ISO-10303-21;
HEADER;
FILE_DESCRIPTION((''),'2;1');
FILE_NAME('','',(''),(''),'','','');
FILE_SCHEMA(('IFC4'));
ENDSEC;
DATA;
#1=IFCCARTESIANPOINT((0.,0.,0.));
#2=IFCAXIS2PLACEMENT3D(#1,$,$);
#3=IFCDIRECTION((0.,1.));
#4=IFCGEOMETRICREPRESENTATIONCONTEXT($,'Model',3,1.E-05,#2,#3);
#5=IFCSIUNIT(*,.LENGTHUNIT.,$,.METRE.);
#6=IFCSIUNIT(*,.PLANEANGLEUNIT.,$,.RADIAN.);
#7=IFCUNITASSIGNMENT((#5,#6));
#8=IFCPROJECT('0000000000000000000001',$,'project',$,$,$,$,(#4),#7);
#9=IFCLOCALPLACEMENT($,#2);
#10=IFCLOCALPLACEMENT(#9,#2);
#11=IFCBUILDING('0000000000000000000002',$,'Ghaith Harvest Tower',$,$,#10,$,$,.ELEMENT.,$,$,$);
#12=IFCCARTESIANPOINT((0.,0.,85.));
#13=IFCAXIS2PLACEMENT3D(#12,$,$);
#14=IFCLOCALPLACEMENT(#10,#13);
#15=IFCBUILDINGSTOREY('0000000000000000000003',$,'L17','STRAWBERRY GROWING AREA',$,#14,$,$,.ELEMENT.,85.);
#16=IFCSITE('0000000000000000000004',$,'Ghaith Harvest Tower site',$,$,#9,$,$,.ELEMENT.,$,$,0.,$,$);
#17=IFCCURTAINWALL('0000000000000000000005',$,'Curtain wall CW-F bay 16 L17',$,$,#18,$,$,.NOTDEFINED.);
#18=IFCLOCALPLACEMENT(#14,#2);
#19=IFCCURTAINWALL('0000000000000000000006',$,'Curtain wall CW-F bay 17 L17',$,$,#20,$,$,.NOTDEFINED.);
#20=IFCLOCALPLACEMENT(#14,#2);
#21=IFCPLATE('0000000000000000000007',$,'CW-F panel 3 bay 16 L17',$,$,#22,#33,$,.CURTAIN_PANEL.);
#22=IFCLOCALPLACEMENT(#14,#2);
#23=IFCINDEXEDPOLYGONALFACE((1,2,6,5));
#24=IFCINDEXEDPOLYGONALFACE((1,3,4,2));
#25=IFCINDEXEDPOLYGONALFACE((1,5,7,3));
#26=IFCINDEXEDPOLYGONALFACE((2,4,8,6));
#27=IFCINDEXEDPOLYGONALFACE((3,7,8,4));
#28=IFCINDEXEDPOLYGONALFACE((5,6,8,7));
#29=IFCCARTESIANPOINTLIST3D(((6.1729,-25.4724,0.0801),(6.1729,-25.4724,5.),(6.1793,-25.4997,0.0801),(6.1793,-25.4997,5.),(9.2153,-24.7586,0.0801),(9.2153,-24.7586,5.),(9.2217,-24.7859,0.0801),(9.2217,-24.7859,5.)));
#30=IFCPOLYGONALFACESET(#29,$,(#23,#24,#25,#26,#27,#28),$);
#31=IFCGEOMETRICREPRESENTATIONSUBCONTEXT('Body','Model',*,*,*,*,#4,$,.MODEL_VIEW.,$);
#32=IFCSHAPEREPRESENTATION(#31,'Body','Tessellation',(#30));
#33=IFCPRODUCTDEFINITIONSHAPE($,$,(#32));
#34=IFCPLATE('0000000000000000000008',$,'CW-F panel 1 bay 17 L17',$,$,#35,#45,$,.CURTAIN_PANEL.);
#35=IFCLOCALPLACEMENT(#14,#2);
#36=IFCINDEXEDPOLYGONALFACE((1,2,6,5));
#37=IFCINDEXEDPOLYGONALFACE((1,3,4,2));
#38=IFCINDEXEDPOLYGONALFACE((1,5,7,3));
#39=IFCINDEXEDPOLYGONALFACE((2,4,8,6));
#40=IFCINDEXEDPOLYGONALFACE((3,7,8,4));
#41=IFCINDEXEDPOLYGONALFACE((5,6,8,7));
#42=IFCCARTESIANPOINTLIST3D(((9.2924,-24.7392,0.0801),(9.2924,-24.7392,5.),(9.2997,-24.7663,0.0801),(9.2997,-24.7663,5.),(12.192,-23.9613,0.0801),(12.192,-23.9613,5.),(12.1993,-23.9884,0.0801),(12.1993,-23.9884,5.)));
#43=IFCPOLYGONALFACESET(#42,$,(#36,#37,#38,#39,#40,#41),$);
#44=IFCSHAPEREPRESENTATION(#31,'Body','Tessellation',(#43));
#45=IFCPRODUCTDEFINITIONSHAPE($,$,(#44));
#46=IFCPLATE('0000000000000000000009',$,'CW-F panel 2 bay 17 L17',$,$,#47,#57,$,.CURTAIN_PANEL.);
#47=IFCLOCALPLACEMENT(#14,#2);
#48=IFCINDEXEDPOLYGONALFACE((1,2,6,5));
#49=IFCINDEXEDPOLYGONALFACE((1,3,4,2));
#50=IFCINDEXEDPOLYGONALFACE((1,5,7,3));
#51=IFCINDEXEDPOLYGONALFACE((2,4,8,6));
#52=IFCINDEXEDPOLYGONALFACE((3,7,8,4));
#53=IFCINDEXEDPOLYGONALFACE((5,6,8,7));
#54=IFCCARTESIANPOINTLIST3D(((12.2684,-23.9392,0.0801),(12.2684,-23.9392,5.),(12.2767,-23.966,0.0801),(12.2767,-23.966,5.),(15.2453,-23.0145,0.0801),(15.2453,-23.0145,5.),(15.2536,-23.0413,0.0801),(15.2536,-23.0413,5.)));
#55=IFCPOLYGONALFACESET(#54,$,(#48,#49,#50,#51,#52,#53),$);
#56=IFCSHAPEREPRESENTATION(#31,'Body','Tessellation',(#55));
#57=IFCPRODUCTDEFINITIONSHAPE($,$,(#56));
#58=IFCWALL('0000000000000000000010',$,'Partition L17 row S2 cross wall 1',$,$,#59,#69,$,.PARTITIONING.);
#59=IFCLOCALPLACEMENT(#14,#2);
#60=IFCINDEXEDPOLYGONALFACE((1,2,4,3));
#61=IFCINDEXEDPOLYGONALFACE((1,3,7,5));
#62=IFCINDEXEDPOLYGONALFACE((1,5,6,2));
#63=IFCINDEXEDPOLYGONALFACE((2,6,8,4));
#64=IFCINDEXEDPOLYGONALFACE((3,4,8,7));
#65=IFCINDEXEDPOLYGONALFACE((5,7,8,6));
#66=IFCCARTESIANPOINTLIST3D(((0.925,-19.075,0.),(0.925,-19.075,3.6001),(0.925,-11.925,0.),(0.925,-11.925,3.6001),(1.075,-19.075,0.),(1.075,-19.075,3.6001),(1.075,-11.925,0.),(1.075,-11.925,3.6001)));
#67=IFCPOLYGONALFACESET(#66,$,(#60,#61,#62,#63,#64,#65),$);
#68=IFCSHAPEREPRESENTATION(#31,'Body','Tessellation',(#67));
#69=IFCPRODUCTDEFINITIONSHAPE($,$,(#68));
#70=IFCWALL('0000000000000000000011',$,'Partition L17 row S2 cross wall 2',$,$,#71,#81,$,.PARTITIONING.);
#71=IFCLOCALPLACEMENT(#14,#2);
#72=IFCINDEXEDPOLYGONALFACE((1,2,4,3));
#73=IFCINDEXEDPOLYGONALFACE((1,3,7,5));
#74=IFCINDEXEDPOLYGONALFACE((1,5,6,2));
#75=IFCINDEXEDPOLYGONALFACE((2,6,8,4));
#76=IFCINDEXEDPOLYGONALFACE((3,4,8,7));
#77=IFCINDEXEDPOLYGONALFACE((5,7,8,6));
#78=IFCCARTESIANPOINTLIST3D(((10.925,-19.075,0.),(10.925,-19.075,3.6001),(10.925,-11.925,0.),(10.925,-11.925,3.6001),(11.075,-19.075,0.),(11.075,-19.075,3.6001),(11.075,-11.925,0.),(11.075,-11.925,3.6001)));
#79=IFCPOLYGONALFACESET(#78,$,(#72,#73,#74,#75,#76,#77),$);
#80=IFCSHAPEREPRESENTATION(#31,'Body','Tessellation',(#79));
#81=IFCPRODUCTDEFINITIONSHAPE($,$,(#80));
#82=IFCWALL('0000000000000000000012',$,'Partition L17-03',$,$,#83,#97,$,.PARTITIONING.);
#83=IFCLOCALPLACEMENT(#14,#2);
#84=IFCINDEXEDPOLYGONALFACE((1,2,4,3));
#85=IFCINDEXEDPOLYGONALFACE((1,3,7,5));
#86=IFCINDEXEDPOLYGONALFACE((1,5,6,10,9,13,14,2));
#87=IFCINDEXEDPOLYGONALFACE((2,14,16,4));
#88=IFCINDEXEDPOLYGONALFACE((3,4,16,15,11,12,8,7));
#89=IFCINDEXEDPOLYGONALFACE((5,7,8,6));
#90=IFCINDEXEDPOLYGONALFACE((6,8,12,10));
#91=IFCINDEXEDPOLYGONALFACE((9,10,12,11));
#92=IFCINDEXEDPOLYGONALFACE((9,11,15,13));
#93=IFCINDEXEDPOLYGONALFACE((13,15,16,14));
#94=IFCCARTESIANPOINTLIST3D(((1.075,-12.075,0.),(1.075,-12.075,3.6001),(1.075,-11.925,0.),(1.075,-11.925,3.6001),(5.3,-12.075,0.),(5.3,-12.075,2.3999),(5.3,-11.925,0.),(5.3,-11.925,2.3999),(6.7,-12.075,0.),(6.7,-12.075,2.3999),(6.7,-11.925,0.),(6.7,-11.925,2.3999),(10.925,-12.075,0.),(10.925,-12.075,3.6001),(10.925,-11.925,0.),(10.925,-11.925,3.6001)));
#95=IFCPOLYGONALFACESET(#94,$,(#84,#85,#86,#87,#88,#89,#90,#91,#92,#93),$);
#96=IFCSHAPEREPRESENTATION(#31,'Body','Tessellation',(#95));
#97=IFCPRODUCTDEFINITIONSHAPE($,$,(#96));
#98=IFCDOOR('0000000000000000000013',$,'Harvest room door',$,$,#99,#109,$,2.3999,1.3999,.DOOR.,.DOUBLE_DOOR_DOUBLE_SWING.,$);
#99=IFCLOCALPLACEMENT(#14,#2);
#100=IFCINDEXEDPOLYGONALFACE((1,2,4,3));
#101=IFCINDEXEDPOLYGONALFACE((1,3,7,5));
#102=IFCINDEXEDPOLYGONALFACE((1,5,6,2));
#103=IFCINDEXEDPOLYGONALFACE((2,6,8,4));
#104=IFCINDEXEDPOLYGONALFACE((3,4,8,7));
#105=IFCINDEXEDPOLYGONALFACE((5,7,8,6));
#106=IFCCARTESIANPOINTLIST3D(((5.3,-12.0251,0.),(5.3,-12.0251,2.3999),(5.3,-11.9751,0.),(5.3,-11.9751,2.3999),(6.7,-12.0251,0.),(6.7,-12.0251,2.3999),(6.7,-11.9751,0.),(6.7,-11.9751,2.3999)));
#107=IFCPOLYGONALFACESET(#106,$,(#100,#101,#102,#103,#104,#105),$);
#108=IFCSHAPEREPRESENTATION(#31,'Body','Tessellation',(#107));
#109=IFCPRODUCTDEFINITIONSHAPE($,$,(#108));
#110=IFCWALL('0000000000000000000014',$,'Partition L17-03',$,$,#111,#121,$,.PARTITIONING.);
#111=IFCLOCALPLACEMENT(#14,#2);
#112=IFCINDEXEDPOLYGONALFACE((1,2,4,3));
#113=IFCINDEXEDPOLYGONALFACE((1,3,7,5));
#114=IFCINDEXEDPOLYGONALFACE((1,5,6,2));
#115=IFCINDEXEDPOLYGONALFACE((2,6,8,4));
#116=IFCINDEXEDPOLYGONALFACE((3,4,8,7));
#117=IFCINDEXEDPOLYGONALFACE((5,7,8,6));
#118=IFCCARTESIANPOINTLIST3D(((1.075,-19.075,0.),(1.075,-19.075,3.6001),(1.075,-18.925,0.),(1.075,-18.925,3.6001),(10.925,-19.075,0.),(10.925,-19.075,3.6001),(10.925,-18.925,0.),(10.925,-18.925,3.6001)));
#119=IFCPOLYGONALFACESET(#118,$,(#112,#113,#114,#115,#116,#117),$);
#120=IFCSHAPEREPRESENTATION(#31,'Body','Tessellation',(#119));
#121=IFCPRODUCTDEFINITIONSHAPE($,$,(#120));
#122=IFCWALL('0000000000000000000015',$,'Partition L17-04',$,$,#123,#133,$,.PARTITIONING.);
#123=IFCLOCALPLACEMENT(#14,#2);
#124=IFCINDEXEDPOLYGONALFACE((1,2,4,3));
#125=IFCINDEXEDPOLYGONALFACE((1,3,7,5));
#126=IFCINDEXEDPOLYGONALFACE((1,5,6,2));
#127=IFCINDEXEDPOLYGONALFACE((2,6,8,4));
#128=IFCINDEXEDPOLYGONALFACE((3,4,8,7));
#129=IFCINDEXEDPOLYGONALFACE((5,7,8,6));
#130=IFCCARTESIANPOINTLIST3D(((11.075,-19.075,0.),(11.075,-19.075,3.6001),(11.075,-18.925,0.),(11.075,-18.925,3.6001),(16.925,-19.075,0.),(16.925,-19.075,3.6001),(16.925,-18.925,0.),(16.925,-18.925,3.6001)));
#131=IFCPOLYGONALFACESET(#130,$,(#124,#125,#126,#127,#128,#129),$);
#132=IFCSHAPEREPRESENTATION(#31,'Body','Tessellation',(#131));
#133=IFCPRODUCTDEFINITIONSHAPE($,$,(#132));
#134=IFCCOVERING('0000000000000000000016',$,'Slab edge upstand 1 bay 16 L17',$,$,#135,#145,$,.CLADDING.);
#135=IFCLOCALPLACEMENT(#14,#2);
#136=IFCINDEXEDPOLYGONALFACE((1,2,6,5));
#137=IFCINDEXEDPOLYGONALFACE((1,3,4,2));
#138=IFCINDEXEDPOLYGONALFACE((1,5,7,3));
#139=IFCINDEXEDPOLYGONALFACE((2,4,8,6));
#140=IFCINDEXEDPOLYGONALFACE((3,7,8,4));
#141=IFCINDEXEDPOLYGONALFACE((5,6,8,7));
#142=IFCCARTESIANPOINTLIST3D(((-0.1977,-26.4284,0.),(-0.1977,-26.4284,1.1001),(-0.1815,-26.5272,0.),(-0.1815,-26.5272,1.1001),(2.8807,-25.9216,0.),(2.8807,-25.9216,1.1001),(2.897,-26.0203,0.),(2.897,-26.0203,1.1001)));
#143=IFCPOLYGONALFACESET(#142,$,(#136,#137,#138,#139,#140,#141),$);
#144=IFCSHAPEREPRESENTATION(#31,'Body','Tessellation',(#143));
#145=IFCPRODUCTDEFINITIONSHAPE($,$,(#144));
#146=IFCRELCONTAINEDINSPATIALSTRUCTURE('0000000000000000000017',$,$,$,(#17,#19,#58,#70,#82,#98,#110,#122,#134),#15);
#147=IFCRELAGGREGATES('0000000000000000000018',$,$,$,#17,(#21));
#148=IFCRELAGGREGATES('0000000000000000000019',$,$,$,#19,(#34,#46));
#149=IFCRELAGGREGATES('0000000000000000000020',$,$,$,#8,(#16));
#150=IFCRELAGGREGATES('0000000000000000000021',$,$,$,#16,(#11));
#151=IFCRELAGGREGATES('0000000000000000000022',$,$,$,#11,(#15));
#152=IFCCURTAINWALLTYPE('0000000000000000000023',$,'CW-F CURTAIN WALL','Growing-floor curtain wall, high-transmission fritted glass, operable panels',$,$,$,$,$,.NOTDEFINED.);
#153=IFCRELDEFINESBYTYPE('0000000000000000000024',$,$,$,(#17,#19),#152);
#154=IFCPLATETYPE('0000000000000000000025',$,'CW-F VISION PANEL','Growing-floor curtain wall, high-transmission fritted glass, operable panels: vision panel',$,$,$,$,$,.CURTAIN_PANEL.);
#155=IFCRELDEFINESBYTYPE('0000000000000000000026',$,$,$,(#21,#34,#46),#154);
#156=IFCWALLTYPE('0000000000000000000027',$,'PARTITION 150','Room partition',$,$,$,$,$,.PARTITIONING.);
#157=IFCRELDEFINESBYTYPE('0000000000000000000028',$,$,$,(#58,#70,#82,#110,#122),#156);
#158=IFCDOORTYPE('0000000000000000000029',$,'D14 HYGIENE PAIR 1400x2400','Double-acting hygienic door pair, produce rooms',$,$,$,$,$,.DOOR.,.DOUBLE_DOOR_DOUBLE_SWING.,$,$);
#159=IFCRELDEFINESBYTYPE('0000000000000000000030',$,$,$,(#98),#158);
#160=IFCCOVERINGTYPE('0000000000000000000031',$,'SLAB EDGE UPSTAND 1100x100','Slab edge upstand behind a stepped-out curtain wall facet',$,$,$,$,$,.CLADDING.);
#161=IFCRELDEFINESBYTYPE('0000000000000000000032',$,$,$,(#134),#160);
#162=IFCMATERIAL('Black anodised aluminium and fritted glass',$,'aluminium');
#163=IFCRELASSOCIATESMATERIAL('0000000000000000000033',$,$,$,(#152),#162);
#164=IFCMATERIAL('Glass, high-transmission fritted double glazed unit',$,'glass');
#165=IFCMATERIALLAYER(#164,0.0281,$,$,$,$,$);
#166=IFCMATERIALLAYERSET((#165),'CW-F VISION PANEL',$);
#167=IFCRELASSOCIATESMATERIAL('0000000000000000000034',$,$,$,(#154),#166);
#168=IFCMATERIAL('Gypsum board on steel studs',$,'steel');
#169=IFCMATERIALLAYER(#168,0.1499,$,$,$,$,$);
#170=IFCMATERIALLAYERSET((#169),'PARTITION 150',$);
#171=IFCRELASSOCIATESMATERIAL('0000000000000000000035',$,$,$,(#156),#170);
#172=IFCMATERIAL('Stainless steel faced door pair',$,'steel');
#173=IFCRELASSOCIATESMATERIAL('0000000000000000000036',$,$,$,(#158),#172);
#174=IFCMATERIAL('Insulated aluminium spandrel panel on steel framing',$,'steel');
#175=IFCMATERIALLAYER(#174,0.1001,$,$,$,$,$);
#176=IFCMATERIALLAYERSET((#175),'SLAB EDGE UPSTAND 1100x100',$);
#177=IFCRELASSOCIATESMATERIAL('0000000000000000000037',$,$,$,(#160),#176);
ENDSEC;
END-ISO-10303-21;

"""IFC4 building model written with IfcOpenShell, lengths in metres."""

from ifc_helpers import new_model, si_unit, direction, frame, frame_2d, origin, origin_2d, place, context, subcontext, project, spatial, rectangle, extrude, material, layer, layer_set, type_object, element, fill, aggregate, save


model = new_model("IFC4")

# Units and contexts
model_context = context("Model", 3, precision=1e-05, world=origin(), true_north=direction((0.0, 1.0)))
body_context = subcontext(model_context, "Body", "Model", "MODEL_VIEW")
ifc_project = project(units=[si_unit("LENGTHUNIT", "METRE"), si_unit("PLANEANGLEUNIT", "RADIAN")], contexts=[model_context])

# Site, building, storey
site_placement = place(None, origin())
site = spatial("IfcSite", under=ifc_project, at=site_placement, Name="Ghaith Harvest Tower site", CompositionType="ELEMENT", RefElevation=0.0)
building_placement = place(site_placement, origin())
building = spatial("IfcBuilding", under=site, at=building_placement, Name="Ghaith Harvest Tower", CompositionType="ELEMENT")
storey_placement = place(building_placement, frame((0.0, 0.0, 85.0)))
storey = spatial("IfcBuildingStorey", under=building, at=storey_placement, Name="L17", Description="STRAWBERRY GROWING AREA", CompositionType="ELEMENT", Elevation=85.0)

# Curtain walls
ifc_material_1 = material(Name="Black anodised aluminium and fritted glass", Category="aluminium")
curtain_wall_type = type_object("IfcCurtainWallType", Name="CW-F CURTAIN WALL", Description="Growing-floor curtain wall, high-transmission fritted glass, operable panels", PredefinedType="NOTDEFINED", material=ifc_material_1)
curtain_wall_1_placement = place(storey_placement, origin())
curtain_wall_1 = element("IfcCurtainWall", 1, at=curtain_wall_1_placement, inside=storey, type_object=curtain_wall_type, Name="Curtain wall CW-F bay 16 L17", PredefinedType="NOTDEFINED")
curtain_wall_2_placement = place(storey_placement, origin())
curtain_wall_2 = element("IfcCurtainWall", 2, at=curtain_wall_2_placement, inside=storey, type_object=curtain_wall_type, Name="Curtain wall CW-F bay 17 L17", PredefinedType="NOTDEFINED")

# Plates
ifc_material_2 = material(Name="Glass, high-transmission fritted double glazed unit", Category="glass")
ifc_layer_1 = layer(ifc_material_2, 0.0281)
ifc_layer_set_1 = layer_set([ifc_layer_1], Name="CW-F VISION PANEL")
plate_type = type_object("IfcPlateType", Name="CW-F VISION PANEL", Description="Growing-floor curtain wall, high-transmission fritted glass, operable panels: vision panel", PredefinedType="CURTAIN_PANEL", material=ifc_layer_set_1)
plate_1_placement = place(storey_placement, frame((7.6973, -25.1292, 0.0801), z_axis=(0.0, 0.0, 1.0), x_axis=(0.973565, 0.228411, 0.0)))
plate_1 = element("IfcPlate", 3, at=plate_1_placement, type_object=plate_type, Name="CW-F panel 3 bay 16 L17", PredefinedType="CURTAIN_PANEL", context=body_context, shape_type="SweptSolid", body=[
    extrude(rectangle(XDim=3.125, YDim=0.0281, at=origin_2d()), origin(), (0.0, 0.0, 1.0), 4.9199),
])
aggregate(curtain_wall_1, [plate_1])
plate_2_placement = place(storey_placement, frame((10.7458, -24.3638, 0.0801), z_axis=(0.0, 0.0, 1.0), x_axis=(0.965848, 0.259108, 0.0)))
plate_2 = element("IfcPlate", 4, at=plate_2_placement, type_object=plate_type, Name="CW-F panel 1 bay 17 L17", PredefinedType="CURTAIN_PANEL", context=body_context, shape_type="SweptSolid", body=[
    extrude(rectangle(XDim=3.0022, YDim=0.0281, at=origin_2d()), origin(), (0.0, 0.0, 1.0), 4.9199),
])
plate_3_placement = place(storey_placement, frame((13.761, -23.4902, 0.0801), z_axis=(0.0, 0.0, 1.0), x_axis=(0.954988, 0.296644, 0.0)))
plate_3 = element("IfcPlate", 5, at=plate_3_placement, type_object=plate_type, Name="CW-F panel 2 bay 17 L17", PredefinedType="CURTAIN_PANEL", context=body_context, shape_type="SweptSolid", body=[
    extrude(rectangle(XDim=3.1172, YDim=0.0281, at=origin_2d()), origin(), (0.0, 0.0, 1.0), 4.9199),
])
aggregate(curtain_wall_2, [plate_2, plate_3])

# Walls
ifc_material_3 = material(Name="Gypsum board on steel studs", Category="steel")
ifc_layer_2 = layer(ifc_material_3, 0.1499)
ifc_layer_set_2 = layer_set([ifc_layer_2], Name="PARTITION 150")
wall_type = type_object("IfcWallType", Name="PARTITION 150", Description="Room partition", PredefinedType="PARTITIONING", material=ifc_layer_set_2)
for number, where, z_axis, x_axis, name in (
    (6, (1.0, -11.925, 0.0), (0.0, 0.0, 1.0), (0.0, -1.0, 0.0), "Partition L17 row S2 cross wall 1"),
    (7, (11.0, -11.925, 0.0), (0.0, 0.0, 1.0), (0.0, -1.0, 0.0), "Partition L17 row S2 cross wall 2"),
):
    element("IfcWall", number, at=place(storey_placement, frame(where, z_axis=z_axis, x_axis=x_axis)), inside=storey, type_object=wall_type, Name=name, PredefinedType="PARTITIONING", context=body_context, shape_type="SweptSolid", body=[
        extrude(rectangle(XDim=7.1499, YDim=0.1499, at=frame_2d((3.575, 0.0))), origin(), (0.0, 0.0, 1.0), 3.6001),
    ])

# Wall, opening, door
wall_1_placement = place(storey_placement, frame((1.075, -12.0, 0.0), z_axis=(0.0, 0.0, 1.0), x_axis=(1.0, 0.0, 0.0)))
wall_1 = element("IfcWall", 8, at=wall_1_placement, inside=storey, type_object=wall_type, Name="Partition L17-03", PredefinedType="PARTITIONING", context=body_context, shape_type="SweptSolid", body=[
    extrude(rectangle(XDim=9.8501, YDim=0.1499, at=frame_2d((4.925, 0.0))), origin(), (0.0, 0.0, 1.0), 3.6001),
])
opening_1_placement = place(wall_1_placement, frame((4.2251, 0.0, 0.0)))
opening_1 = element("IfcOpeningElement", 9, at=opening_1_placement, cuts=wall_1, PredefinedType="OPENING", context=body_context, shape_type="SweptSolid", body=[
    extrude(rectangle(XDim=1.3999, YDim=2.3999, at=frame_2d((0.7, 1.2))), frame((0.0, 0.085, 0.0), z_axis=(0.0, -1.0, 0.0), x_axis=(1.0, 0.0, 0.0)), (0.0, 0.0, 1.0), 0.1699),
])
ifc_material_4 = material(Name="Stainless steel faced door pair", Category="steel")
door_type = type_object("IfcDoorType", Name="D14 HYGIENE PAIR 1400x2400", Description="Double-acting hygienic door pair, produce rooms", OperationType="DOUBLE_DOOR_DOUBLE_SWING", PredefinedType="DOOR", material=ifc_material_4)
door_1_placement = place(opening_1_placement, origin())
door_1 = element("IfcDoor", 10, at=door_1_placement, inside=storey, type_object=door_type, Name="Harvest room door", OperationType="DOUBLE_DOOR_DOUBLE_SWING", OverallHeight=2.3999, OverallWidth=1.3999, PredefinedType="DOOR", context=body_context, shape_type="SweptSolid", body=[
    extrude(rectangle(XDim=1.3999, YDim=2.3999, at=frame_2d((0.7, 1.2))), frame((0.0, 0.0249, 0.0), z_axis=(0.0, -1.0, 0.0), x_axis=(1.0, 0.0, 0.0)), (0.0, 0.0, 1.0), 0.05),
])
fill(opening_1, door_1)

# Wall
wall_2_placement = place(storey_placement, frame((1.075, -19.0, 0.0), z_axis=(0.0, 0.0, 1.0), x_axis=(1.0, 0.0, 0.0)))
element("IfcWall", 11, at=wall_2_placement, inside=storey, type_object=wall_type, Name="Partition L17-03", PredefinedType="PARTITIONING", context=body_context, shape_type="SweptSolid", body=[
    extrude(rectangle(XDim=9.8501, YDim=0.1499, at=frame_2d((4.925, 0.0))), origin(), (0.0, 0.0, 1.0), 3.6001),
])

# Wall
wall_3_placement = place(storey_placement, frame((11.075, -19.0, 0.0), z_axis=(0.0, 0.0, 1.0), x_axis=(1.0, 0.0, 0.0)))
element("IfcWall", 12, at=wall_3_placement, inside=storey, type_object=wall_type, Name="Partition L17-04", PredefinedType="PARTITIONING", context=body_context, shape_type="SweptSolid", body=[
    extrude(rectangle(XDim=5.8501, YDim=0.1499, at=frame_2d((2.925, 0.0))), origin(), (0.0, 0.0, 1.0), 3.6001),
])

# Covering
ifc_material_5 = material(Name="Insulated aluminium spandrel panel on steel framing", Category="steel")
ifc_layer_3 = layer(ifc_material_5, 0.1001)
ifc_layer_set_3 = layer_set([ifc_layer_3], Name="SLAB EDGE UPSTAND 1100x100")
covering_type = type_object("IfcCoveringType", Name="SLAB EDGE UPSTAND 1100x100", Description="Slab edge upstand behind a stepped-out curtain wall facet", PredefinedType="CLADDING", material=ifc_layer_set_3)
covering_placement = place(storey_placement, frame((1.3496, -26.2244, 0.0), z_axis=(0.0, 0.0, 1.0), x_axis=(0.986716, 0.162453, 0.0)))
element("IfcCovering", 13, at=covering_placement, inside=storey, type_object=covering_type, Name="Slab edge upstand 1 bay 16 L17", PredefinedType="CLADDING", context=body_context, shape_type="SweptSolid", body=[
    extrude(rectangle(XDim=3.1199, YDim=0.1001, at=origin_2d()), origin(), (0.0, 0.0, 1.0), 1.1001),
])

save(model, "model.ifc")
